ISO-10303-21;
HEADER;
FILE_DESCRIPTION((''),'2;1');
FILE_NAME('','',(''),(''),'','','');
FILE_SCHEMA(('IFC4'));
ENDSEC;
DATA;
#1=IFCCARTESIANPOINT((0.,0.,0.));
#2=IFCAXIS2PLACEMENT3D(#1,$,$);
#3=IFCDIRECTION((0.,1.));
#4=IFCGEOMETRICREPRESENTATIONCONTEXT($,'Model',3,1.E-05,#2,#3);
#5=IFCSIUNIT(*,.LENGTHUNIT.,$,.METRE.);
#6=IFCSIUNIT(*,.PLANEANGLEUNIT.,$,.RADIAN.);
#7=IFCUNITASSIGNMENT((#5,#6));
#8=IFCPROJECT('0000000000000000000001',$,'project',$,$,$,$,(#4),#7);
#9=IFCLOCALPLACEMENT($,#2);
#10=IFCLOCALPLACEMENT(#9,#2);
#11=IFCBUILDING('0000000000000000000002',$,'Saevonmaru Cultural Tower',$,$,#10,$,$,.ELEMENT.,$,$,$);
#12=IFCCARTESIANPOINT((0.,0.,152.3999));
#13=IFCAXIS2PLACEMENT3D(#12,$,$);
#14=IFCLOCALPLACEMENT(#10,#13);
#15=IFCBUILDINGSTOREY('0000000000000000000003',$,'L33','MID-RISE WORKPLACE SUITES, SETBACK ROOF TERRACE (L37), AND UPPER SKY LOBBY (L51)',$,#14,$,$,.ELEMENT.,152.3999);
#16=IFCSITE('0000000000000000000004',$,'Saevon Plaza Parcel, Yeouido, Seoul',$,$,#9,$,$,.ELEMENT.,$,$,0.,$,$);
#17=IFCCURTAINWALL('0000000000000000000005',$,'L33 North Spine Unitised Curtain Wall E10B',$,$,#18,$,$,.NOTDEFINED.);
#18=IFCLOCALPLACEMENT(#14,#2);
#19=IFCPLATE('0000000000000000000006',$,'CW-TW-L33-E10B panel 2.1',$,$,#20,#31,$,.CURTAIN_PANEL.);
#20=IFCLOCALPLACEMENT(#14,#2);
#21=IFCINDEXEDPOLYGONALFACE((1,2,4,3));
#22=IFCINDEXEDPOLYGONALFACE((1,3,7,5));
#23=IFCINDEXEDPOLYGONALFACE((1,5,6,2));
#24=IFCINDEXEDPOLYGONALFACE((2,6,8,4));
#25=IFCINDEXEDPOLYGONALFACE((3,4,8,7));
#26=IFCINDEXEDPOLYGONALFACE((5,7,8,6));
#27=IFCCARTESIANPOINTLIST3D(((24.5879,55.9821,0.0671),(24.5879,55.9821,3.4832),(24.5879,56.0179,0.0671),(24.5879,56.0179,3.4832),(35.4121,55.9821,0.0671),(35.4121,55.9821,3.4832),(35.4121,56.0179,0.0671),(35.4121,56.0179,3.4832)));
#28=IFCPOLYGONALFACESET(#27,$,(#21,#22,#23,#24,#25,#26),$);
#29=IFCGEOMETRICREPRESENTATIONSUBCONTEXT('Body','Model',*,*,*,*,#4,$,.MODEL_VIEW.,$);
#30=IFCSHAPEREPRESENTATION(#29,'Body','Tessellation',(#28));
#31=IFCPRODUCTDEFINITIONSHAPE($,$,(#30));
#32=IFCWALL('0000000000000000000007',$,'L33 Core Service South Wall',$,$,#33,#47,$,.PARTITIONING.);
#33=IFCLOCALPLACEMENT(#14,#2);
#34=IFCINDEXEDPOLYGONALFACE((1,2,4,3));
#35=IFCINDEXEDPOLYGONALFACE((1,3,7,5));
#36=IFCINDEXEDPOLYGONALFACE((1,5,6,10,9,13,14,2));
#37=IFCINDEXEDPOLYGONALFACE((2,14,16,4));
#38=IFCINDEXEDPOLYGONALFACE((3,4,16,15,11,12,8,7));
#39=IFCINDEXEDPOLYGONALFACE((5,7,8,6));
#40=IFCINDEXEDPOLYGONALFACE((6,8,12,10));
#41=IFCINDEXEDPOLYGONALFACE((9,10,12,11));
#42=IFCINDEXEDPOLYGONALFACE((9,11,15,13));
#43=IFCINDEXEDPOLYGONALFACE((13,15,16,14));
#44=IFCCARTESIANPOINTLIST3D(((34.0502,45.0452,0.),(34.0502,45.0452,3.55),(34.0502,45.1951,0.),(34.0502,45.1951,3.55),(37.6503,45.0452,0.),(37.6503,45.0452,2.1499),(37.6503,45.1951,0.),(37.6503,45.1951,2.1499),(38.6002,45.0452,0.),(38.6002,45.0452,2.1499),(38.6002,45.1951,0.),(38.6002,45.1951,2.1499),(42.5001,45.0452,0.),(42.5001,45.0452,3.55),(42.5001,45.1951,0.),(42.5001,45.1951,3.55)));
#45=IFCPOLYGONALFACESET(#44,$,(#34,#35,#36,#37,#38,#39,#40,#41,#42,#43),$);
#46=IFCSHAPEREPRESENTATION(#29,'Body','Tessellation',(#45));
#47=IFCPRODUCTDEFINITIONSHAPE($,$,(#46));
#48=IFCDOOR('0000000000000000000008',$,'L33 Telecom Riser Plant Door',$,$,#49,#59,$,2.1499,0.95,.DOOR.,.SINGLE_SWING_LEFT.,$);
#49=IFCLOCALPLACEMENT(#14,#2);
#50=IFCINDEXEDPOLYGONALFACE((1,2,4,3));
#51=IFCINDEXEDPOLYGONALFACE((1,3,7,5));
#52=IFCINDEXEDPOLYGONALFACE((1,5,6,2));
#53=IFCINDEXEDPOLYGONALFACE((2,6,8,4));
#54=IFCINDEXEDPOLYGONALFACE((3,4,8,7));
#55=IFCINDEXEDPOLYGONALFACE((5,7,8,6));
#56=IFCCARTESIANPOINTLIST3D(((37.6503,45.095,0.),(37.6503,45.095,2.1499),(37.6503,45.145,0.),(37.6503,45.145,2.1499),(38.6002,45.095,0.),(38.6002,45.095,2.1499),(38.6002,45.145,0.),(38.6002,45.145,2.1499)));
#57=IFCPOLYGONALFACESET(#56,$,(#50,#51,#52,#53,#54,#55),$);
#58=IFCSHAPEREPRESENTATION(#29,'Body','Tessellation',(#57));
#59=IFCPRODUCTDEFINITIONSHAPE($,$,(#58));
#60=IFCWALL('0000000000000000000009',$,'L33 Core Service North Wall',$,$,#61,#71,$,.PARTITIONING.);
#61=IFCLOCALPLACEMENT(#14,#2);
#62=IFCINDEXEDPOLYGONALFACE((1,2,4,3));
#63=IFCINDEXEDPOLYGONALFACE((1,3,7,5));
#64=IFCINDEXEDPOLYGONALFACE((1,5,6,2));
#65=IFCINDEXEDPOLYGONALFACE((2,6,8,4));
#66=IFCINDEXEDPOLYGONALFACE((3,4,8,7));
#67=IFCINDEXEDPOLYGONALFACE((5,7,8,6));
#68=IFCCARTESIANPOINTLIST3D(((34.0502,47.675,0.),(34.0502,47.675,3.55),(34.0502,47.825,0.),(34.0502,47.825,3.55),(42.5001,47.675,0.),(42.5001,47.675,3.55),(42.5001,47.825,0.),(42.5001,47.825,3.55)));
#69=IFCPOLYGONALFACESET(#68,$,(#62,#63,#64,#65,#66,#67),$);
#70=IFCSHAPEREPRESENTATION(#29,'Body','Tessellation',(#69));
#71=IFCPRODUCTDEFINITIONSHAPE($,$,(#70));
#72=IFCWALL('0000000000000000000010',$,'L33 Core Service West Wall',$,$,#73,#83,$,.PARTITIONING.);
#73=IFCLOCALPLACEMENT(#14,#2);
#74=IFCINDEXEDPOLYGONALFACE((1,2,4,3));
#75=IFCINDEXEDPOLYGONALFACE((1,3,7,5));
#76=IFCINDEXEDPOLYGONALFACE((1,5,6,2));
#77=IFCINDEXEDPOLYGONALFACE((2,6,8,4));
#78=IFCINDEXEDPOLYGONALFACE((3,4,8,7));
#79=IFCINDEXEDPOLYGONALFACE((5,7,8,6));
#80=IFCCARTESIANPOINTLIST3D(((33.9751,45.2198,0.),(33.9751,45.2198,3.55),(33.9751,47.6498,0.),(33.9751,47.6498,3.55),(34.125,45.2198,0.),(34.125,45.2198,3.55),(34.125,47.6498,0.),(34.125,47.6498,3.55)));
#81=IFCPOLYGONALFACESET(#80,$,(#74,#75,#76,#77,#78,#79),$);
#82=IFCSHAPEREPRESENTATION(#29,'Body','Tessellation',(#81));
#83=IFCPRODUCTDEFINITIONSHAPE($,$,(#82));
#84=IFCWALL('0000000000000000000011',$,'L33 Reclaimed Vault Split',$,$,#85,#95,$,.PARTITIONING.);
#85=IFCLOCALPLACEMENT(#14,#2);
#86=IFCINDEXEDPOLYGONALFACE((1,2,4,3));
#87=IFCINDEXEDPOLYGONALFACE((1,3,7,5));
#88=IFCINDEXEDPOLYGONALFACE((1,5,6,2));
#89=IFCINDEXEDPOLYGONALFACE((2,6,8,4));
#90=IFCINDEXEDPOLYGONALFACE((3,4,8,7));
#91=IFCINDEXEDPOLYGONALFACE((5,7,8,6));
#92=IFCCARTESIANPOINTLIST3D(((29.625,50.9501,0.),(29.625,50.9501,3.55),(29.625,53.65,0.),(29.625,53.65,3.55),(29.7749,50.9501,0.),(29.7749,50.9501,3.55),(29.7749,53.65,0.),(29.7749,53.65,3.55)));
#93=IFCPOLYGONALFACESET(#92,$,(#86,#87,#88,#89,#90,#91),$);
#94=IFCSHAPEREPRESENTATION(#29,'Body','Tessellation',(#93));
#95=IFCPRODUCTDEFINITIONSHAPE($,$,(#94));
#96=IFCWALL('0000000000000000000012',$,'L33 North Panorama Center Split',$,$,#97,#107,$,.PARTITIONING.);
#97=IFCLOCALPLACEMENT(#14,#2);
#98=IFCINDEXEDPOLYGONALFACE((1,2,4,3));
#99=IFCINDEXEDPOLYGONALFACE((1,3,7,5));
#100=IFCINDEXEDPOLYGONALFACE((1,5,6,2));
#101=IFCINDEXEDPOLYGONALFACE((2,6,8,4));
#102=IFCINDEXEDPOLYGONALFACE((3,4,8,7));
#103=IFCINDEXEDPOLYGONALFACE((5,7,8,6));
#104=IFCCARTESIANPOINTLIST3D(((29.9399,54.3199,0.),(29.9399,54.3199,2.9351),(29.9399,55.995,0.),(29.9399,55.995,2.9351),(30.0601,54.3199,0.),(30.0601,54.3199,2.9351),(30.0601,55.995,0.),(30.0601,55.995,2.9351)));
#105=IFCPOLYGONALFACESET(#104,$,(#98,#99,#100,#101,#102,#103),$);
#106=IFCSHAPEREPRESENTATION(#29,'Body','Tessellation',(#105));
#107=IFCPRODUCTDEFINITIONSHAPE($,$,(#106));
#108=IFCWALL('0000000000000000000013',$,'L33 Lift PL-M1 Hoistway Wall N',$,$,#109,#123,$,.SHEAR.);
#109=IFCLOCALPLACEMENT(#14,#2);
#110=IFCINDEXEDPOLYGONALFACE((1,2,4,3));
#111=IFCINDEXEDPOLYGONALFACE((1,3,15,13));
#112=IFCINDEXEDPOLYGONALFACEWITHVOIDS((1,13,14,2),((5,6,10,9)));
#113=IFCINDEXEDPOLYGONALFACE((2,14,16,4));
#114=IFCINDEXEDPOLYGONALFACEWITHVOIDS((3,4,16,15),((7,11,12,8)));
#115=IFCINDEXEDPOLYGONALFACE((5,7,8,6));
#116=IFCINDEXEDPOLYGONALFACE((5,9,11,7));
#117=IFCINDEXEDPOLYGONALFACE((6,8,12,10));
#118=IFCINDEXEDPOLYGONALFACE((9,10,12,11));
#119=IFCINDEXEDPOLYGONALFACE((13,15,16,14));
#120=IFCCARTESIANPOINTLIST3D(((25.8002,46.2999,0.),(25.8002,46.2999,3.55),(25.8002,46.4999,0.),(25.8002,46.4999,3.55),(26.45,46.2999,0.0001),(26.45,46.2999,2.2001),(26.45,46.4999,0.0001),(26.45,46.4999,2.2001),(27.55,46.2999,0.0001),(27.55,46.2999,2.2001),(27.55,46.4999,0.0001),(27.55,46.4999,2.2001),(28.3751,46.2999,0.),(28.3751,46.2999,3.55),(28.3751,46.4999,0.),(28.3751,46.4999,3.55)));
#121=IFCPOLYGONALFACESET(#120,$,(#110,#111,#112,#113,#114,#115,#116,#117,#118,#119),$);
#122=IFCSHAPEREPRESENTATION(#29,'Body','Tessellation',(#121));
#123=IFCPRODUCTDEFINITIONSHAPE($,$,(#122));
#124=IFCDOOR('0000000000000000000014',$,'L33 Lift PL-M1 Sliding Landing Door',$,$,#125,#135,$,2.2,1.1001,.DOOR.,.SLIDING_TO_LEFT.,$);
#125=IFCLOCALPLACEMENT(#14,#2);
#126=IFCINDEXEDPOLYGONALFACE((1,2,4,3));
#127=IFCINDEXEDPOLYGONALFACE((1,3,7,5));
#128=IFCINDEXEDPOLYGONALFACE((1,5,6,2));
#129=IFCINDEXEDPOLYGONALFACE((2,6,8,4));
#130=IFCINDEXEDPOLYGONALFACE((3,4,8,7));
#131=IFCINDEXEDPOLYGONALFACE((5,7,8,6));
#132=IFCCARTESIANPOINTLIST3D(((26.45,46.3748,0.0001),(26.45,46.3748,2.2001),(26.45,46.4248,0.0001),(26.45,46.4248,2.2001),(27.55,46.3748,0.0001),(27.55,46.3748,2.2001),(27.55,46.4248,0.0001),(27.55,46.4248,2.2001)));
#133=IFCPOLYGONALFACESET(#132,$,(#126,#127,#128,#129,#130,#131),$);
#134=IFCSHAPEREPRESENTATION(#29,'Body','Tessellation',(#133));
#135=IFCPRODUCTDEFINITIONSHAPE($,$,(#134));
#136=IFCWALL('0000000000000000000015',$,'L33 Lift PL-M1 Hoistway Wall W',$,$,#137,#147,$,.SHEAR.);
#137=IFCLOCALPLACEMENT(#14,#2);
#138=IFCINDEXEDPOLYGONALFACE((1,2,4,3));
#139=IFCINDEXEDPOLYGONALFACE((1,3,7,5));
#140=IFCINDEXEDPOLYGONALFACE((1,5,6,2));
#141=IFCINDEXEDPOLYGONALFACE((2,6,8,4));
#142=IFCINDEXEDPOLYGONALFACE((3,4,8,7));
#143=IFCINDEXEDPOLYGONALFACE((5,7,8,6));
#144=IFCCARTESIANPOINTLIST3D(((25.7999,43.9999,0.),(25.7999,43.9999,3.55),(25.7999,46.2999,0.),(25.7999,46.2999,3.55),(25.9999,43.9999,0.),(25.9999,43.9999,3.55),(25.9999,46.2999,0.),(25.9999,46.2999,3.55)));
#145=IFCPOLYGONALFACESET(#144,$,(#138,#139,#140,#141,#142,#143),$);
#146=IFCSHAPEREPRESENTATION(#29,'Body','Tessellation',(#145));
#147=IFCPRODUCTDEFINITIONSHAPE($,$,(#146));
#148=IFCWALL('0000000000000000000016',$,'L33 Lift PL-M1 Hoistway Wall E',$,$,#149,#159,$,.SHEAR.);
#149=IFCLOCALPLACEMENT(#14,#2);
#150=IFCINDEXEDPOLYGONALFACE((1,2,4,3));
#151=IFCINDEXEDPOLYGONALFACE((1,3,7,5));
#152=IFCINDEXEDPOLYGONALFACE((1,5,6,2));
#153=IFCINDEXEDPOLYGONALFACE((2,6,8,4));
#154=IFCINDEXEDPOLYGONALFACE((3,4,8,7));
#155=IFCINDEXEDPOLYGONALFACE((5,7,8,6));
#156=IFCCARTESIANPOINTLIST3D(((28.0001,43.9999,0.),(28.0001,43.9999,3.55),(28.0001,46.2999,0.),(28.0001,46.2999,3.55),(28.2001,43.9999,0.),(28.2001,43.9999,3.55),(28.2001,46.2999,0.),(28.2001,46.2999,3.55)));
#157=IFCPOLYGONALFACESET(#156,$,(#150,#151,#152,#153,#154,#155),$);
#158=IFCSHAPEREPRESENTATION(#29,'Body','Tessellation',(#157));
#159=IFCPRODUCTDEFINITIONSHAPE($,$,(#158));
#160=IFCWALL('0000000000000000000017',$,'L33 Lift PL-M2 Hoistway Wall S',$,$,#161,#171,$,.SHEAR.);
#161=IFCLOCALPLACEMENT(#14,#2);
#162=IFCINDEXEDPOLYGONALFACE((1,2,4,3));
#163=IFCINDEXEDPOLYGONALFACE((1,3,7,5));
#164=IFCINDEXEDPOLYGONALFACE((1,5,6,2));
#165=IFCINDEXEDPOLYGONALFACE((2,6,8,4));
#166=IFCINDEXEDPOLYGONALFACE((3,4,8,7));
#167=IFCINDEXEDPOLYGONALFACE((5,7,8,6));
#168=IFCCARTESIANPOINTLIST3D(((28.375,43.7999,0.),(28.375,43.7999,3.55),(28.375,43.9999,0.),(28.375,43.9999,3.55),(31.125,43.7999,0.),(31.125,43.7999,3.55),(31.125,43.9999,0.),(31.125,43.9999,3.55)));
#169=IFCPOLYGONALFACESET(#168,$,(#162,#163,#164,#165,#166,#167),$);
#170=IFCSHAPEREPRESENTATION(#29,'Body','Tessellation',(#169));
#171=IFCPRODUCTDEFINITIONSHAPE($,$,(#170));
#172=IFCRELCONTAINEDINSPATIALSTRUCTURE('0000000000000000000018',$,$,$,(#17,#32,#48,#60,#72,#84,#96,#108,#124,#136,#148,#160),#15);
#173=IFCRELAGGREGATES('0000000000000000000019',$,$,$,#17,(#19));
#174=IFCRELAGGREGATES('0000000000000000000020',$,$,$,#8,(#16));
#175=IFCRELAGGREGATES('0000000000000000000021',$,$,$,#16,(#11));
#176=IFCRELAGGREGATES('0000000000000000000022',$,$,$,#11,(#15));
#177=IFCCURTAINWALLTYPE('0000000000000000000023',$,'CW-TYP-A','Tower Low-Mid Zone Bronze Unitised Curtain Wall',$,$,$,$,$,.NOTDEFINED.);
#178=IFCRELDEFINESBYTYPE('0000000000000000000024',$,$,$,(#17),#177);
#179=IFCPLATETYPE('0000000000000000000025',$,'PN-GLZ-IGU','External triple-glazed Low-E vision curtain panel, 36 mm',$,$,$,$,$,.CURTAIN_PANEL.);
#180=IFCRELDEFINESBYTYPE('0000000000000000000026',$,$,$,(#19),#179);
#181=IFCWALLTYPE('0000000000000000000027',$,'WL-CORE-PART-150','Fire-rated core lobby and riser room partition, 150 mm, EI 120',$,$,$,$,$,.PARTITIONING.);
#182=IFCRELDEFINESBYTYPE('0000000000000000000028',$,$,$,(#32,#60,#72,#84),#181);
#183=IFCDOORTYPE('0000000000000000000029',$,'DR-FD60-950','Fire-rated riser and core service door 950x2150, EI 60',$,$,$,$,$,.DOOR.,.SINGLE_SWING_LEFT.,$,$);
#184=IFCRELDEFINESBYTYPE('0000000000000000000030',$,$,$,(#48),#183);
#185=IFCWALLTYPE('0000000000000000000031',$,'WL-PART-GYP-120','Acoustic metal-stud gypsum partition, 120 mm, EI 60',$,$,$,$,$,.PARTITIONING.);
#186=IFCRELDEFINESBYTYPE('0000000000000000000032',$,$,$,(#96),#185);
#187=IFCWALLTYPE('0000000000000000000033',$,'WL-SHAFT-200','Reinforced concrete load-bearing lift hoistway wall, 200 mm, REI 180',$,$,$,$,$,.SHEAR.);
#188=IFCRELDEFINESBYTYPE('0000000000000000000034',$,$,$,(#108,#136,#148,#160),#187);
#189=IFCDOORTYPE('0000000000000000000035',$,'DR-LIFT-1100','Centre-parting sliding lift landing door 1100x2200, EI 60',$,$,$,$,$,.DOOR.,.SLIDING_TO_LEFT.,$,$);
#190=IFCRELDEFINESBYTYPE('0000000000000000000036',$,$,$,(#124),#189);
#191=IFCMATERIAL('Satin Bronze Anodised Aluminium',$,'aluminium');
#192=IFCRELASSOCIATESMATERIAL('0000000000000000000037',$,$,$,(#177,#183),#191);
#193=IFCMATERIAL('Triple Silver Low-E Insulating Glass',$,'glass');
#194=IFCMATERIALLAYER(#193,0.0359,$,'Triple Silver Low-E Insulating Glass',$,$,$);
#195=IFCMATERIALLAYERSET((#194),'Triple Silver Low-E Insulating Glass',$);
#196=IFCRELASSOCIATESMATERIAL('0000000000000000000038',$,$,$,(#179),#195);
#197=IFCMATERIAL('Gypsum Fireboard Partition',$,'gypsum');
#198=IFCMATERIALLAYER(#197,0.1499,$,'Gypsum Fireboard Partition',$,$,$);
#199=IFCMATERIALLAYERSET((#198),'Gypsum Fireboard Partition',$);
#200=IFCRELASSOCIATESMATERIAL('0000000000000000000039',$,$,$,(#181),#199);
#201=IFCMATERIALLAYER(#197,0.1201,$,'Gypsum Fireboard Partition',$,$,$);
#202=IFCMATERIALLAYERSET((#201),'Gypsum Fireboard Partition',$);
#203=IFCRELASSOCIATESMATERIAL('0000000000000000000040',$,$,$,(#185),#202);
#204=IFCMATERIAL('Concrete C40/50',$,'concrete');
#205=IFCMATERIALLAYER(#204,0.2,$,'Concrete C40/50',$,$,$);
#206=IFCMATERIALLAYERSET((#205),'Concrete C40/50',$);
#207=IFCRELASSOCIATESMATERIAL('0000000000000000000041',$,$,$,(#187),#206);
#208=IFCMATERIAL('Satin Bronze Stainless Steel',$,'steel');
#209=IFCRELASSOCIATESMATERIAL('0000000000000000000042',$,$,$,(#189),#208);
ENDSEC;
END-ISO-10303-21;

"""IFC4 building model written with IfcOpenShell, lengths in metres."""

from ifc_helpers import new_model, si_unit, direction, frame, frame_2d, origin, origin_2d, place, context, subcontext, project, spatial, rectangle, extrude, material, layer, layer_set, type_object, element, fill, aggregate, save


model = new_model("IFC4")

# Units and contexts
model_context = context("Model", 3, precision=1e-05, world=origin(), true_north=direction((0.0, 1.0)))
body_context = subcontext(model_context, "Body", "Model", "MODEL_VIEW")
ifc_project = project(units=[si_unit("LENGTHUNIT", "METRE"), si_unit("PLANEANGLEUNIT", "RADIAN")], contexts=[model_context])

# Site, building, storey
site_placement = place(None, origin())
site = spatial("IfcSite", under=ifc_project, at=site_placement, Name="Saevon Plaza Parcel, Yeouido, Seoul", CompositionType="ELEMENT", RefElevation=0.0)
building_placement = place(site_placement, origin())
building = spatial("IfcBuilding", under=site, at=building_placement, Name="Saevonmaru Cultural Tower", CompositionType="ELEMENT")
storey_placement = place(building_placement, frame((0.0, 0.0, 152.3999)))
storey = spatial("IfcBuildingStorey", under=building, at=storey_placement, Name="L33", Description="MID-RISE WORKPLACE SUITES, SETBACK ROOF TERRACE (L37), AND UPPER SKY LOBBY (L51)", CompositionType="ELEMENT", Elevation=152.3999)

# Curtain wall, plate
ifc_material_1 = material(Name="Satin Bronze Anodised Aluminium", Category="aluminium")
curtain_wall_type = type_object("IfcCurtainWallType", Name="CW-TYP-A", Description="Tower Low-Mid Zone Bronze Unitised Curtain Wall", PredefinedType="NOTDEFINED", material=ifc_material_1)
curtain_wall_placement = place(storey_placement, origin())
curtain_wall = element("IfcCurtainWall", 1, at=curtain_wall_placement, inside=storey, type_object=curtain_wall_type, Name="L33 North Spine Unitised Curtain Wall E10B", PredefinedType="NOTDEFINED")
ifc_material_2 = material(Name="Triple Silver Low-E Insulating Glass", Category="glass")
ifc_layer_1 = layer(ifc_material_2, 0.0359, Name="Triple Silver Low-E Insulating Glass")
ifc_layer_set_1 = layer_set([ifc_layer_1], Name="Triple Silver Low-E Insulating Glass")
plate_type = type_object("IfcPlateType", Name="PN-GLZ-IGU", Description="External triple-glazed Low-E vision curtain panel, 36 mm", PredefinedType="CURTAIN_PANEL", material=ifc_layer_set_1)
plate_placement = place(storey_placement, frame((30.0, 56.0, 0.0671), z_axis=(0.0, 0.0, 1.0), x_axis=(-1.0, 0.0, 0.0)))
plate = element("IfcPlate", 2, at=plate_placement, type_object=plate_type, Name="CW-TW-L33-E10B panel 2.1", PredefinedType="CURTAIN_PANEL", context=body_context, shape_type="SweptSolid", body=[
    extrude(rectangle(XDim=10.8242, YDim=0.0359, at=origin_2d()), origin(), (0.0, 0.0, 1.0), 3.416),
])
aggregate(curtain_wall, [plate])

# Wall, opening, door
ifc_material_3 = material(Name="Gypsum Fireboard Partition", Category="gypsum")
ifc_layer_2 = layer(ifc_material_3, 0.1499, Name="Gypsum Fireboard Partition")
ifc_layer_set_2 = layer_set([ifc_layer_2], Name="Gypsum Fireboard Partition")
wall_type_1 = type_object("IfcWallType", Name="WL-CORE-PART-150", Description="Fire-rated core lobby and riser room partition, 150 mm, EI 120", PredefinedType="PARTITIONING", material=ifc_layer_set_2)
wall_1_placement = place(storey_placement, frame((34.05, 45.1201, 0.0), z_axis=(0.0, 0.0, 1.0), x_axis=(1.0, 0.0, 0.0)))
wall_1 = element("IfcWall", 3, at=wall_1_placement, inside=storey, type_object=wall_type_1, Name="L33 Core Service South Wall", PredefinedType="PARTITIONING", context=body_context, shape_type="SweptSolid", body=[
    extrude(rectangle(XDim=8.45, YDim=0.1499, at=frame_2d((4.2251, 0.0))), origin(), (0.0, 0.0, 1.0), 3.55),
])
opening_1_placement = place(wall_1_placement, frame((3.6001, 0.0, 0.0)))
opening_1 = element("IfcOpeningElement", 4, at=opening_1_placement, cuts=wall_1, PredefinedType="OPENING", context=body_context, shape_type="SweptSolid", body=[
    extrude(rectangle(XDim=0.95, YDim=2.1499, at=frame_2d((0.4751, 1.075))), frame((0.0, 0.085, 0.0), z_axis=(0.0, -1.0, 0.0), x_axis=(1.0, 0.0, 0.0)), (0.0, 0.0, 1.0), 0.1699),
])
door_type_1 = type_object("IfcDoorType", Name="DR-FD60-950", Description="Fire-rated riser and core service door 950x2150, EI 60", OperationType="SINGLE_SWING_LEFT", PredefinedType="DOOR", material=ifc_material_1)
door_1_placement = place(opening_1_placement, origin())
door_1 = element("IfcDoor", 5, at=door_1_placement, inside=storey, type_object=door_type_1, Name="L33 Telecom Riser Plant Door", OperationType="SINGLE_SWING_LEFT", OverallHeight=2.1499, OverallWidth=0.95, PredefinedType="DOOR", context=body_context, shape_type="SweptSolid", body=[
    extrude(rectangle(XDim=0.95, YDim=2.1499, at=frame_2d((0.4751, 1.075))), frame((0.0, 0.0249, 0.0), z_axis=(0.0, -1.0, 0.0), x_axis=(1.0, 0.0, 0.0)), (0.0, 0.0, 1.0), 0.05),
])
fill(opening_1, door_1)

# Walls
wall_2_placement = place(storey_placement, frame((34.05, 47.75, 0.0), z_axis=(0.0, 0.0, 1.0), x_axis=(1.0, 0.0, 0.0)))
element("IfcWall", 6, at=wall_2_placement, inside=storey, type_object=wall_type_1, Name="L33 Core Service North Wall", PredefinedType="PARTITIONING", context=body_context, shape_type="SweptSolid", body=[
    extrude(rectangle(XDim=8.45, YDim=0.1499, at=frame_2d((4.2251, 0.0))), origin(), (0.0, 0.0, 1.0), 3.55),
])
wall_3_placement = place(storey_placement, frame((34.05, 45.22, 0.0), z_axis=(0.0, 0.0, 1.0), x_axis=(0.0, 1.0, 0.0)))
element("IfcWall", 7, at=wall_3_placement, inside=storey, type_object=wall_type_1, Name="L33 Core Service West Wall", PredefinedType="PARTITIONING", context=body_context, shape_type="SweptSolid", body=[
    extrude(rectangle(XDim=2.4299, YDim=0.1499, at=frame_2d((1.2148, 0.0))), origin(), (0.0, 0.0, 1.0), 3.55),
])

# Walls
wall_4_placement = place(storey_placement, frame((29.7, 50.95, 0.0), z_axis=(0.0, 0.0, 1.0), x_axis=(0.0, 1.0, 0.0)))
element("IfcWall", 8, at=wall_4_placement, inside=storey, type_object=wall_type_1, Name="L33 Reclaimed Vault Split", PredefinedType="PARTITIONING", context=body_context, shape_type="SweptSolid", body=[
    extrude(rectangle(XDim=2.7, YDim=0.1499, at=frame_2d((1.3501, 0.0))), origin(), (0.0, 0.0, 1.0), 3.55),
])
ifc_layer_3 = layer(ifc_material_3, 0.1201, Name="Gypsum Fireboard Partition")
ifc_layer_set_3 = layer_set([ifc_layer_3], Name="Gypsum Fireboard Partition")
wall_type_2 = type_object("IfcWallType", Name="WL-PART-GYP-120", Description="Acoustic metal-stud gypsum partition, 120 mm, EI 60", PredefinedType="PARTITIONING", material=ifc_layer_set_3)
wall_5_placement = place(storey_placement, frame((30.0, 54.3201, 0.0), z_axis=(0.0, 0.0, 1.0), x_axis=(0.0, 1.0, 0.0)))
element("IfcWall", 9, at=wall_5_placement, inside=storey, type_object=wall_type_2, Name="L33 North Panorama Center Split", PredefinedType="PARTITIONING", context=body_context, shape_type="SweptSolid", body=[
    extrude(rectangle(XDim=1.675, YDim=0.1201, at=frame_2d((0.8374, 0.0))), origin(), (0.0, 0.0, 1.0), 2.9351),
])

# Wall, opening, door
ifc_material_4 = material(Name="Concrete C40/50", Category="concrete")
ifc_layer_4 = layer(ifc_material_4, 0.2, Name="Concrete C40/50")
ifc_layer_set_4 = layer_set([ifc_layer_4], Name="Concrete C40/50")
wall_type_3 = type_object("IfcWallType", Name="WL-SHAFT-200", Description="Reinforced concrete load-bearing lift hoistway wall, 200 mm, REI 180", PredefinedType="SHEAR", material=ifc_layer_set_4)
wall_6_placement = place(storey_placement, frame((25.8, 46.3999, 0.0), z_axis=(0.0, 0.0, 1.0), x_axis=(1.0, 0.0, 0.0)))
wall_6 = element("IfcWall", 10, at=wall_6_placement, inside=storey, type_object=wall_type_3, Name="L33 Lift PL-M1 Hoistway Wall N", PredefinedType="SHEAR", context=body_context, shape_type="SweptSolid", body=[
    extrude(rectangle(XDim=2.575, YDim=0.2, at=frame_2d((1.2876, 0.0))), origin(), (0.0, 0.0, 1.0), 3.55),
])
opening_2_placement = place(wall_6_placement, frame((0.6499, 0.0, 0.0)))
opening_2 = element("IfcOpeningElement", 11, at=opening_2_placement, cuts=wall_6, PredefinedType="OPENING", context=body_context, shape_type="SweptSolid", body=[
    extrude(rectangle(XDim=1.1001, YDim=2.2, at=frame_2d((0.55, 1.1001))), frame((0.0, 0.1099, 0.0), z_axis=(0.0, -1.0, 0.0), x_axis=(1.0, 0.0, 0.0)), (0.0, 0.0, 1.0), 0.22),
])
ifc_material_5 = material(Name="Satin Bronze Stainless Steel", Category="steel")
door_type_2 = type_object("IfcDoorType", Name="DR-LIFT-1100", Description="Centre-parting sliding lift landing door 1100x2200, EI 60", OperationType="SLIDING_TO_LEFT", PredefinedType="DOOR", material=ifc_material_5)
door_2_placement = place(opening_2_placement, origin())
door_2 = element("IfcDoor", 12, at=door_2_placement, inside=storey, type_object=door_type_2, Name="L33 Lift PL-M1 Sliding Landing Door", OperationType="SLIDING_TO_LEFT", OverallHeight=2.2, OverallWidth=1.1001, PredefinedType="DOOR", context=body_context, shape_type="SweptSolid", body=[
    extrude(rectangle(XDim=1.1001, YDim=2.2, at=frame_2d((0.55, 1.1001))), frame((0.0, 0.0249, 0.0), z_axis=(0.0, -1.0, 0.0), x_axis=(1.0, 0.0, 0.0)), (0.0, 0.0, 1.0), 0.05),
])
fill(opening_2, door_2)

# Walls
for number, where, z_axis, x_axis, name in (
    (13, (25.8999, 44.0, 0.0), (0.0, 0.0, 1.0), (0.0, 1.0, 0.0), "L33 Lift PL-M1 Hoistway Wall W"),
    (14, (28.1001, 44.0, 0.0), (0.0, 0.0, 1.0), (0.0, 1.0, 0.0), "L33 Lift PL-M1 Hoistway Wall E"),
):
    element("IfcWall", number, at=place(storey_placement, frame(where, z_axis=z_axis, x_axis=x_axis)), inside=storey, type_object=wall_type_3, Name=name, PredefinedType="SHEAR", context=body_context, shape_type="SweptSolid", body=[
        extrude(rectangle(XDim=2.3, YDim=0.2, at=frame_2d((1.1499, 0.0))), origin(), (0.0, 0.0, 1.0), 3.55),
    ])
wall_7_placement = place(storey_placement, frame((28.375, 43.8999, 0.0), z_axis=(0.0, 0.0, 1.0), x_axis=(1.0, 0.0, 0.0)))
element("IfcWall", 15, at=wall_7_placement, inside=storey, type_object=wall_type_3, Name="L33 Lift PL-M2 Hoistway Wall S", PredefinedType="SHEAR", context=body_context, shape_type="SweptSolid", body=[
    extrude(rectangle(XDim=2.75, YDim=0.2, at=frame_2d((1.375, 0.0))), origin(), (0.0, 0.0, 1.0), 3.55),
])

save(model, "model.ifc")
